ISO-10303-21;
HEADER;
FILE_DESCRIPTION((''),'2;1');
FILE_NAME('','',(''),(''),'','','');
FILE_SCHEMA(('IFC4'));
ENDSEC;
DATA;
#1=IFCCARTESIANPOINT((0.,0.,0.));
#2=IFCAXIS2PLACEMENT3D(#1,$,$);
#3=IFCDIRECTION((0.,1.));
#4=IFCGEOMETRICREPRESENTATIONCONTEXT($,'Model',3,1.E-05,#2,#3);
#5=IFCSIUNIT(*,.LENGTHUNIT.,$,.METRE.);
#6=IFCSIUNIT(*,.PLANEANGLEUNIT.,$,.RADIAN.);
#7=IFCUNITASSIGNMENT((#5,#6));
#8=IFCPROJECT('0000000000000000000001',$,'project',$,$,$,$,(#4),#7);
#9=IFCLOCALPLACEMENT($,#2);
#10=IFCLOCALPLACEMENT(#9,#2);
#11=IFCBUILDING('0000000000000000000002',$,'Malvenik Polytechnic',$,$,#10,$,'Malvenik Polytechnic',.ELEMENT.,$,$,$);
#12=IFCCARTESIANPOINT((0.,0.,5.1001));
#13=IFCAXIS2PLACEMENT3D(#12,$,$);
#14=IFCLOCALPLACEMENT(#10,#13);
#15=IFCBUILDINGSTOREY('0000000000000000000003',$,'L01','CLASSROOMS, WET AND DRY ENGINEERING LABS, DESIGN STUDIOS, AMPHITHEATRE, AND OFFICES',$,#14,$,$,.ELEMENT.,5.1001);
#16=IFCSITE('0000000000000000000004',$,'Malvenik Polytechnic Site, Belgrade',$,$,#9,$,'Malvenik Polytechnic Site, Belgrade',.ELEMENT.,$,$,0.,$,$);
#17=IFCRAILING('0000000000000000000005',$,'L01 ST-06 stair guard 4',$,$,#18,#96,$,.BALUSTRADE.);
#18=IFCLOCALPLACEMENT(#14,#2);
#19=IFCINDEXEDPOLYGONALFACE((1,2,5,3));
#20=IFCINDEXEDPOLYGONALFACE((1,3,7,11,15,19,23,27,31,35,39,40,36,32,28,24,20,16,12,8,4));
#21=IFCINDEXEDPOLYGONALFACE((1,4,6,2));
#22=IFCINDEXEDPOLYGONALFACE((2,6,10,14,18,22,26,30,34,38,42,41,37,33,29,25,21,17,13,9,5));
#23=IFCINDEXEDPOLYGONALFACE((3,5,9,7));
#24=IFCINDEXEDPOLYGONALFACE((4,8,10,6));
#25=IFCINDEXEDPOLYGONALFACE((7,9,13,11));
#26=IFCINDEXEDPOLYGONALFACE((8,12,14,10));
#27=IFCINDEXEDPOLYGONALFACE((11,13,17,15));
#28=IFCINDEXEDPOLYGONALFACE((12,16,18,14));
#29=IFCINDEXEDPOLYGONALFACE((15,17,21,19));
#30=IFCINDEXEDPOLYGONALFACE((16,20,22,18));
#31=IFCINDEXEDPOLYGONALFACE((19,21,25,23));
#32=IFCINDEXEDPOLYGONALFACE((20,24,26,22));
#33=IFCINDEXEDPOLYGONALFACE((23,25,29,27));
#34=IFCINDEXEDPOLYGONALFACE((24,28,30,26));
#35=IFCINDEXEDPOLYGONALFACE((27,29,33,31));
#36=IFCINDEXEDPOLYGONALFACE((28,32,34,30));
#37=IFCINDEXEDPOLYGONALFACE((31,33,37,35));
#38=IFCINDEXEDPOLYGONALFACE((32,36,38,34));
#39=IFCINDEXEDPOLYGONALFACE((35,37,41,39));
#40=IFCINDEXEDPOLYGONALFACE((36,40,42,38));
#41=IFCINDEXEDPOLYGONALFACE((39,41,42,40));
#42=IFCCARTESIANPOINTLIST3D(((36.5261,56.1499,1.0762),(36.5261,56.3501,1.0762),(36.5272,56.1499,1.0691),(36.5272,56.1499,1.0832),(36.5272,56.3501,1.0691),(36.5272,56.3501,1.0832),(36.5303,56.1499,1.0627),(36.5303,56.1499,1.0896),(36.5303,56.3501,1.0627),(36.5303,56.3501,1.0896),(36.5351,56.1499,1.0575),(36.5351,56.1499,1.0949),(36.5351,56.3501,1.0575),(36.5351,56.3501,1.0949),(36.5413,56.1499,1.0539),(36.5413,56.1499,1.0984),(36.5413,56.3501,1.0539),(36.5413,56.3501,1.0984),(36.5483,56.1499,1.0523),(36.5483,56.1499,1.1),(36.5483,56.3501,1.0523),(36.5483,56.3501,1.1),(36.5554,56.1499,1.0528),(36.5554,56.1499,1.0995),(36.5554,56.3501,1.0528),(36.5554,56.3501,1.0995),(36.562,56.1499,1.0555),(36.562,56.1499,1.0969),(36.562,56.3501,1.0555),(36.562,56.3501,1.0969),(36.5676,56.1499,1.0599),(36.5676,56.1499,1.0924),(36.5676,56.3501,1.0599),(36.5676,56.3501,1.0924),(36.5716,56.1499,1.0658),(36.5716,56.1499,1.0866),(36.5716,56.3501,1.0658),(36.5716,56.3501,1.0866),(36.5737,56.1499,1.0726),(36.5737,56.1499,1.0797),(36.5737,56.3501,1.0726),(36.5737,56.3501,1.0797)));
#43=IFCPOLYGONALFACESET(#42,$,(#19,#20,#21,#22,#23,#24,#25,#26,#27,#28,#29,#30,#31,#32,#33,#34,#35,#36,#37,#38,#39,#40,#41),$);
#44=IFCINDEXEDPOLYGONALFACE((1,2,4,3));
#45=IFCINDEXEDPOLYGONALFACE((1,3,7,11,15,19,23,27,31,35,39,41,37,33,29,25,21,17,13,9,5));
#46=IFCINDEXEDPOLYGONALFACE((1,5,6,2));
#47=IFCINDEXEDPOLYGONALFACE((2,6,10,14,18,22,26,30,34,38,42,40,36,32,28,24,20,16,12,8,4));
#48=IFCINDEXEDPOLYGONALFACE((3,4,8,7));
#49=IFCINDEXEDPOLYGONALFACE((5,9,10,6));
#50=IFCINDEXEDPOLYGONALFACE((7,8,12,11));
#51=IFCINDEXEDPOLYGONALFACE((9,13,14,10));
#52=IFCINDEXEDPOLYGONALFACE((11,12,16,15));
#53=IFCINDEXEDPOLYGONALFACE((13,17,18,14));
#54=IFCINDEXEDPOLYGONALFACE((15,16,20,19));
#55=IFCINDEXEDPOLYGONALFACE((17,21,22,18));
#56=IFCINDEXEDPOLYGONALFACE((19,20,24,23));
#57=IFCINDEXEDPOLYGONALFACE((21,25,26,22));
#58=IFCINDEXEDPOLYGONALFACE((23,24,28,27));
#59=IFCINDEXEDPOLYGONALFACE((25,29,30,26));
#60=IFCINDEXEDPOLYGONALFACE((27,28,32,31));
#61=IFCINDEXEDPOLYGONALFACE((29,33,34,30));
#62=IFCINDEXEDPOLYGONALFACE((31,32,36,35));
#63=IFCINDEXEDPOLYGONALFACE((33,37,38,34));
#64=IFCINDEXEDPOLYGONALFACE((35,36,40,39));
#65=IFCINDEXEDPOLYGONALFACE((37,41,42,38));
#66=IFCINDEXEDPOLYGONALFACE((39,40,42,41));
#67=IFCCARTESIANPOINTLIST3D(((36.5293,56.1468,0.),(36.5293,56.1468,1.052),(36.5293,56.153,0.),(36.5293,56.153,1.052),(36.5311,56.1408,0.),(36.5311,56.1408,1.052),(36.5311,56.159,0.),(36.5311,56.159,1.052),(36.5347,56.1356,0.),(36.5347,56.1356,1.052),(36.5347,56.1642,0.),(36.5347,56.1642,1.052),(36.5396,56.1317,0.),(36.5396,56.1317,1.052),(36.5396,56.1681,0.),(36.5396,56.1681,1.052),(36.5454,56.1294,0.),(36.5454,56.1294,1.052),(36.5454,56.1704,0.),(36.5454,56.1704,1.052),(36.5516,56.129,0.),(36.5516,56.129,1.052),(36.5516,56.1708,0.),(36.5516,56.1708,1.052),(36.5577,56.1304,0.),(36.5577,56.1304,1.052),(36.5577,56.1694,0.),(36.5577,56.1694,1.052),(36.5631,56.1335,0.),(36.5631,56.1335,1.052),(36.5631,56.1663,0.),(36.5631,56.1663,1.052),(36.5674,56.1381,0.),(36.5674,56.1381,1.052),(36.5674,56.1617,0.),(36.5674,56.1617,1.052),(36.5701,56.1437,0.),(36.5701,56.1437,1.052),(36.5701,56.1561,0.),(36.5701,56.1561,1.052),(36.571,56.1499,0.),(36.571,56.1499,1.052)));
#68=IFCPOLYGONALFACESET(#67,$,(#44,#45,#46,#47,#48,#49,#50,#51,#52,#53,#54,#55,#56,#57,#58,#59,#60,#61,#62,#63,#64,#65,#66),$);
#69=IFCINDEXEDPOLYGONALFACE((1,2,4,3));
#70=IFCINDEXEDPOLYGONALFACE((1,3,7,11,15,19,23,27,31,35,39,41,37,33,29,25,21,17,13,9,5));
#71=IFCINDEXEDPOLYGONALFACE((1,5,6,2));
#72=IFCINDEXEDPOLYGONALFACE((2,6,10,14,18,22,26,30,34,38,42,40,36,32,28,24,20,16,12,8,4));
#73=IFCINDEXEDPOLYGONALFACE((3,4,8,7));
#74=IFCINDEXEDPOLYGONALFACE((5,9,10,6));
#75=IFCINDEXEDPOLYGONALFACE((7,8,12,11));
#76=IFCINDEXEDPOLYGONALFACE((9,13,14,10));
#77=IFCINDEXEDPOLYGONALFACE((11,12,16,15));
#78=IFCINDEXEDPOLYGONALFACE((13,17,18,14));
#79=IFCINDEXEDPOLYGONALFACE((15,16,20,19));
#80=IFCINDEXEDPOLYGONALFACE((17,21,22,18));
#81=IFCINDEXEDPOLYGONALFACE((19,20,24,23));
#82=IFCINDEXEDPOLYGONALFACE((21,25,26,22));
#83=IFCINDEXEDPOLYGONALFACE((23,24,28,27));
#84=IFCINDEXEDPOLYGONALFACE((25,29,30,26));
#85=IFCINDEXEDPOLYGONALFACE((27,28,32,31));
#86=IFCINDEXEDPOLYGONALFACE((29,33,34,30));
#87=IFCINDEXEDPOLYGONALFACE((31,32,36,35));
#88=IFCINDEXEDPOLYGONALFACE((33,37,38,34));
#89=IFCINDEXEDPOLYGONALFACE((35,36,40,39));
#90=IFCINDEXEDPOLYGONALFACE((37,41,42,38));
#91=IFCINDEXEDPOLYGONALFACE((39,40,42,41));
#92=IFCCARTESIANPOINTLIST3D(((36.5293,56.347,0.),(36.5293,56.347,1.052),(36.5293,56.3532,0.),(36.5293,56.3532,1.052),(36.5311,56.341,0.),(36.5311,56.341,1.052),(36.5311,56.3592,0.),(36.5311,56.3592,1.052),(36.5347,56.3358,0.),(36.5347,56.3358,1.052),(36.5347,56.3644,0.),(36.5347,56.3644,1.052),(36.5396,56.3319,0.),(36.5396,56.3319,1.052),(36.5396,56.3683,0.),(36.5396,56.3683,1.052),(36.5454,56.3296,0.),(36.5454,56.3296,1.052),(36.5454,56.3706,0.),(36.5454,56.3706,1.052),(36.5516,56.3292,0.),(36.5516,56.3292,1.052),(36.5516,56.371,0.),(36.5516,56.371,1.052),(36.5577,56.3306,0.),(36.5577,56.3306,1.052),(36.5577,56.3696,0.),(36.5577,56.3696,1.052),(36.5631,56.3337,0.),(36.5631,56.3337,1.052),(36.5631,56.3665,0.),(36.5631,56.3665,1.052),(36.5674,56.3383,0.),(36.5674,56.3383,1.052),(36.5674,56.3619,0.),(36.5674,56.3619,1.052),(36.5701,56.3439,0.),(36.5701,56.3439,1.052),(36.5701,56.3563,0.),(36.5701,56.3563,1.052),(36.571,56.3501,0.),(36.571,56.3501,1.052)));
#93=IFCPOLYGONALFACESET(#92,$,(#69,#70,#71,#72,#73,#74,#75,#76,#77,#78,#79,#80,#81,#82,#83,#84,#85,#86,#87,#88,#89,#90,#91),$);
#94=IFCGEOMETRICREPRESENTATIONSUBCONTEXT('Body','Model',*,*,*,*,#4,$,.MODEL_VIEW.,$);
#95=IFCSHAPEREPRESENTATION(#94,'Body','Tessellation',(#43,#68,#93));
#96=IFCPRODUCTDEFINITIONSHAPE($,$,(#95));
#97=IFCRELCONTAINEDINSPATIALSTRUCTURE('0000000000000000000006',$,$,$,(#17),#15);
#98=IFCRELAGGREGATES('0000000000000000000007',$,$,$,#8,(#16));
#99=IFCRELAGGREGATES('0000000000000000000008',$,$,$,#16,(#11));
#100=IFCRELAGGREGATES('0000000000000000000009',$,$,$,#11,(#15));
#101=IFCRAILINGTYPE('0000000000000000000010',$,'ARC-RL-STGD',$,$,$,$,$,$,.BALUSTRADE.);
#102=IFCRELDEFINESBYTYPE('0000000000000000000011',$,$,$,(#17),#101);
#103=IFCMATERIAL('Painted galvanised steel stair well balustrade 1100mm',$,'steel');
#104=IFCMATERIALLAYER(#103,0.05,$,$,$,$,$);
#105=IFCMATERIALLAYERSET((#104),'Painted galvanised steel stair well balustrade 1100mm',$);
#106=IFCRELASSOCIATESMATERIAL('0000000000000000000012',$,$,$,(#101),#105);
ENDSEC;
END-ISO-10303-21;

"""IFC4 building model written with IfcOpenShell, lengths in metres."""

from ifc_helpers import new_model, si_unit, direction, frame, origin, origin_2d, place, context, subcontext, project, spatial, circle, extrude, material, layer, layer_set, type_object, element, save


model = new_model("IFC4")

# Units and contexts
model_context = context("Model", 3, precision=1e-05, world=origin(), true_north=direction((0.0, 1.0)))
body_context = subcontext(model_context, "Body", "Model", "MODEL_VIEW")
ifc_project = project(units=[si_unit("LENGTHUNIT", "METRE"), si_unit("PLANEANGLEUNIT", "RADIAN")], contexts=[model_context])

# Site, building, storey
site_placement = place(None, origin())
site = spatial("IfcSite", under=ifc_project, at=site_placement, Name="Malvenik Polytechnic Site, Belgrade", LongName="Malvenik Polytechnic Site, Belgrade", CompositionType="ELEMENT", RefElevation=0.0)
building_placement = place(site_placement, origin())
building = spatial("IfcBuilding", under=site, at=building_placement, Name="Malvenik Polytechnic", LongName="Malvenik Polytechnic", CompositionType="ELEMENT")
storey_placement = place(building_placement, frame((0.0, 0.0, 5.1001)))
storey = spatial("IfcBuildingStorey", under=building, at=storey_placement, Name="L01", Description="CLASSROOMS, WET AND DRY ENGINEERING LABS, DESIGN STUDIOS, AMPHITHEATRE, AND OFFICES", CompositionType="ELEMENT", Elevation=5.1001)

# Railing
ifc_material_1 = material(Name="Painted galvanised steel stair well balustrade 1100mm", Category="steel")
ifc_layer_1 = layer(ifc_material_1, 0.05)
ifc_layer_set_1 = layer_set([ifc_layer_1], Name="Painted galvanised steel stair well balustrade 1100mm")
railing_type_1 = type_object("IfcRailingType", Name="ARC-RL-STGD", PredefinedType="BALUSTRADE", material=ifc_layer_set_1)
railing_1_placement = place(storey_placement, frame((36.55, 56.1499, 0.0)))
element("IfcRailing", 1, at=railing_1_placement, inside=storey, type_object=railing_type_1, Name="L01 ST-06 stair guard 4", PredefinedType="BALUSTRADE", context=body_context, shape_type="SweptSolid", body=[
    extrude(circle(Radius=0.0239, at=origin_2d()), frame((0.0, 0.0, 1.0762), z_axis=(0.0, 1.0, 0.0), x_axis=(-1.0, 0.0, 0.0)), (0.0, 0.0, 1.0), 0.2002),
    extrude(circle(Radius=0.021, at=origin_2d()), origin(), (0.0, 0.0, 1.0), 1.052),
    extrude(circle(Radius=0.021, at=origin_2d()), frame((0.0, 0.2002, 0.0)), (0.0, 0.0, 1.0), 1.052),
])

save(model, "model.ifc")
